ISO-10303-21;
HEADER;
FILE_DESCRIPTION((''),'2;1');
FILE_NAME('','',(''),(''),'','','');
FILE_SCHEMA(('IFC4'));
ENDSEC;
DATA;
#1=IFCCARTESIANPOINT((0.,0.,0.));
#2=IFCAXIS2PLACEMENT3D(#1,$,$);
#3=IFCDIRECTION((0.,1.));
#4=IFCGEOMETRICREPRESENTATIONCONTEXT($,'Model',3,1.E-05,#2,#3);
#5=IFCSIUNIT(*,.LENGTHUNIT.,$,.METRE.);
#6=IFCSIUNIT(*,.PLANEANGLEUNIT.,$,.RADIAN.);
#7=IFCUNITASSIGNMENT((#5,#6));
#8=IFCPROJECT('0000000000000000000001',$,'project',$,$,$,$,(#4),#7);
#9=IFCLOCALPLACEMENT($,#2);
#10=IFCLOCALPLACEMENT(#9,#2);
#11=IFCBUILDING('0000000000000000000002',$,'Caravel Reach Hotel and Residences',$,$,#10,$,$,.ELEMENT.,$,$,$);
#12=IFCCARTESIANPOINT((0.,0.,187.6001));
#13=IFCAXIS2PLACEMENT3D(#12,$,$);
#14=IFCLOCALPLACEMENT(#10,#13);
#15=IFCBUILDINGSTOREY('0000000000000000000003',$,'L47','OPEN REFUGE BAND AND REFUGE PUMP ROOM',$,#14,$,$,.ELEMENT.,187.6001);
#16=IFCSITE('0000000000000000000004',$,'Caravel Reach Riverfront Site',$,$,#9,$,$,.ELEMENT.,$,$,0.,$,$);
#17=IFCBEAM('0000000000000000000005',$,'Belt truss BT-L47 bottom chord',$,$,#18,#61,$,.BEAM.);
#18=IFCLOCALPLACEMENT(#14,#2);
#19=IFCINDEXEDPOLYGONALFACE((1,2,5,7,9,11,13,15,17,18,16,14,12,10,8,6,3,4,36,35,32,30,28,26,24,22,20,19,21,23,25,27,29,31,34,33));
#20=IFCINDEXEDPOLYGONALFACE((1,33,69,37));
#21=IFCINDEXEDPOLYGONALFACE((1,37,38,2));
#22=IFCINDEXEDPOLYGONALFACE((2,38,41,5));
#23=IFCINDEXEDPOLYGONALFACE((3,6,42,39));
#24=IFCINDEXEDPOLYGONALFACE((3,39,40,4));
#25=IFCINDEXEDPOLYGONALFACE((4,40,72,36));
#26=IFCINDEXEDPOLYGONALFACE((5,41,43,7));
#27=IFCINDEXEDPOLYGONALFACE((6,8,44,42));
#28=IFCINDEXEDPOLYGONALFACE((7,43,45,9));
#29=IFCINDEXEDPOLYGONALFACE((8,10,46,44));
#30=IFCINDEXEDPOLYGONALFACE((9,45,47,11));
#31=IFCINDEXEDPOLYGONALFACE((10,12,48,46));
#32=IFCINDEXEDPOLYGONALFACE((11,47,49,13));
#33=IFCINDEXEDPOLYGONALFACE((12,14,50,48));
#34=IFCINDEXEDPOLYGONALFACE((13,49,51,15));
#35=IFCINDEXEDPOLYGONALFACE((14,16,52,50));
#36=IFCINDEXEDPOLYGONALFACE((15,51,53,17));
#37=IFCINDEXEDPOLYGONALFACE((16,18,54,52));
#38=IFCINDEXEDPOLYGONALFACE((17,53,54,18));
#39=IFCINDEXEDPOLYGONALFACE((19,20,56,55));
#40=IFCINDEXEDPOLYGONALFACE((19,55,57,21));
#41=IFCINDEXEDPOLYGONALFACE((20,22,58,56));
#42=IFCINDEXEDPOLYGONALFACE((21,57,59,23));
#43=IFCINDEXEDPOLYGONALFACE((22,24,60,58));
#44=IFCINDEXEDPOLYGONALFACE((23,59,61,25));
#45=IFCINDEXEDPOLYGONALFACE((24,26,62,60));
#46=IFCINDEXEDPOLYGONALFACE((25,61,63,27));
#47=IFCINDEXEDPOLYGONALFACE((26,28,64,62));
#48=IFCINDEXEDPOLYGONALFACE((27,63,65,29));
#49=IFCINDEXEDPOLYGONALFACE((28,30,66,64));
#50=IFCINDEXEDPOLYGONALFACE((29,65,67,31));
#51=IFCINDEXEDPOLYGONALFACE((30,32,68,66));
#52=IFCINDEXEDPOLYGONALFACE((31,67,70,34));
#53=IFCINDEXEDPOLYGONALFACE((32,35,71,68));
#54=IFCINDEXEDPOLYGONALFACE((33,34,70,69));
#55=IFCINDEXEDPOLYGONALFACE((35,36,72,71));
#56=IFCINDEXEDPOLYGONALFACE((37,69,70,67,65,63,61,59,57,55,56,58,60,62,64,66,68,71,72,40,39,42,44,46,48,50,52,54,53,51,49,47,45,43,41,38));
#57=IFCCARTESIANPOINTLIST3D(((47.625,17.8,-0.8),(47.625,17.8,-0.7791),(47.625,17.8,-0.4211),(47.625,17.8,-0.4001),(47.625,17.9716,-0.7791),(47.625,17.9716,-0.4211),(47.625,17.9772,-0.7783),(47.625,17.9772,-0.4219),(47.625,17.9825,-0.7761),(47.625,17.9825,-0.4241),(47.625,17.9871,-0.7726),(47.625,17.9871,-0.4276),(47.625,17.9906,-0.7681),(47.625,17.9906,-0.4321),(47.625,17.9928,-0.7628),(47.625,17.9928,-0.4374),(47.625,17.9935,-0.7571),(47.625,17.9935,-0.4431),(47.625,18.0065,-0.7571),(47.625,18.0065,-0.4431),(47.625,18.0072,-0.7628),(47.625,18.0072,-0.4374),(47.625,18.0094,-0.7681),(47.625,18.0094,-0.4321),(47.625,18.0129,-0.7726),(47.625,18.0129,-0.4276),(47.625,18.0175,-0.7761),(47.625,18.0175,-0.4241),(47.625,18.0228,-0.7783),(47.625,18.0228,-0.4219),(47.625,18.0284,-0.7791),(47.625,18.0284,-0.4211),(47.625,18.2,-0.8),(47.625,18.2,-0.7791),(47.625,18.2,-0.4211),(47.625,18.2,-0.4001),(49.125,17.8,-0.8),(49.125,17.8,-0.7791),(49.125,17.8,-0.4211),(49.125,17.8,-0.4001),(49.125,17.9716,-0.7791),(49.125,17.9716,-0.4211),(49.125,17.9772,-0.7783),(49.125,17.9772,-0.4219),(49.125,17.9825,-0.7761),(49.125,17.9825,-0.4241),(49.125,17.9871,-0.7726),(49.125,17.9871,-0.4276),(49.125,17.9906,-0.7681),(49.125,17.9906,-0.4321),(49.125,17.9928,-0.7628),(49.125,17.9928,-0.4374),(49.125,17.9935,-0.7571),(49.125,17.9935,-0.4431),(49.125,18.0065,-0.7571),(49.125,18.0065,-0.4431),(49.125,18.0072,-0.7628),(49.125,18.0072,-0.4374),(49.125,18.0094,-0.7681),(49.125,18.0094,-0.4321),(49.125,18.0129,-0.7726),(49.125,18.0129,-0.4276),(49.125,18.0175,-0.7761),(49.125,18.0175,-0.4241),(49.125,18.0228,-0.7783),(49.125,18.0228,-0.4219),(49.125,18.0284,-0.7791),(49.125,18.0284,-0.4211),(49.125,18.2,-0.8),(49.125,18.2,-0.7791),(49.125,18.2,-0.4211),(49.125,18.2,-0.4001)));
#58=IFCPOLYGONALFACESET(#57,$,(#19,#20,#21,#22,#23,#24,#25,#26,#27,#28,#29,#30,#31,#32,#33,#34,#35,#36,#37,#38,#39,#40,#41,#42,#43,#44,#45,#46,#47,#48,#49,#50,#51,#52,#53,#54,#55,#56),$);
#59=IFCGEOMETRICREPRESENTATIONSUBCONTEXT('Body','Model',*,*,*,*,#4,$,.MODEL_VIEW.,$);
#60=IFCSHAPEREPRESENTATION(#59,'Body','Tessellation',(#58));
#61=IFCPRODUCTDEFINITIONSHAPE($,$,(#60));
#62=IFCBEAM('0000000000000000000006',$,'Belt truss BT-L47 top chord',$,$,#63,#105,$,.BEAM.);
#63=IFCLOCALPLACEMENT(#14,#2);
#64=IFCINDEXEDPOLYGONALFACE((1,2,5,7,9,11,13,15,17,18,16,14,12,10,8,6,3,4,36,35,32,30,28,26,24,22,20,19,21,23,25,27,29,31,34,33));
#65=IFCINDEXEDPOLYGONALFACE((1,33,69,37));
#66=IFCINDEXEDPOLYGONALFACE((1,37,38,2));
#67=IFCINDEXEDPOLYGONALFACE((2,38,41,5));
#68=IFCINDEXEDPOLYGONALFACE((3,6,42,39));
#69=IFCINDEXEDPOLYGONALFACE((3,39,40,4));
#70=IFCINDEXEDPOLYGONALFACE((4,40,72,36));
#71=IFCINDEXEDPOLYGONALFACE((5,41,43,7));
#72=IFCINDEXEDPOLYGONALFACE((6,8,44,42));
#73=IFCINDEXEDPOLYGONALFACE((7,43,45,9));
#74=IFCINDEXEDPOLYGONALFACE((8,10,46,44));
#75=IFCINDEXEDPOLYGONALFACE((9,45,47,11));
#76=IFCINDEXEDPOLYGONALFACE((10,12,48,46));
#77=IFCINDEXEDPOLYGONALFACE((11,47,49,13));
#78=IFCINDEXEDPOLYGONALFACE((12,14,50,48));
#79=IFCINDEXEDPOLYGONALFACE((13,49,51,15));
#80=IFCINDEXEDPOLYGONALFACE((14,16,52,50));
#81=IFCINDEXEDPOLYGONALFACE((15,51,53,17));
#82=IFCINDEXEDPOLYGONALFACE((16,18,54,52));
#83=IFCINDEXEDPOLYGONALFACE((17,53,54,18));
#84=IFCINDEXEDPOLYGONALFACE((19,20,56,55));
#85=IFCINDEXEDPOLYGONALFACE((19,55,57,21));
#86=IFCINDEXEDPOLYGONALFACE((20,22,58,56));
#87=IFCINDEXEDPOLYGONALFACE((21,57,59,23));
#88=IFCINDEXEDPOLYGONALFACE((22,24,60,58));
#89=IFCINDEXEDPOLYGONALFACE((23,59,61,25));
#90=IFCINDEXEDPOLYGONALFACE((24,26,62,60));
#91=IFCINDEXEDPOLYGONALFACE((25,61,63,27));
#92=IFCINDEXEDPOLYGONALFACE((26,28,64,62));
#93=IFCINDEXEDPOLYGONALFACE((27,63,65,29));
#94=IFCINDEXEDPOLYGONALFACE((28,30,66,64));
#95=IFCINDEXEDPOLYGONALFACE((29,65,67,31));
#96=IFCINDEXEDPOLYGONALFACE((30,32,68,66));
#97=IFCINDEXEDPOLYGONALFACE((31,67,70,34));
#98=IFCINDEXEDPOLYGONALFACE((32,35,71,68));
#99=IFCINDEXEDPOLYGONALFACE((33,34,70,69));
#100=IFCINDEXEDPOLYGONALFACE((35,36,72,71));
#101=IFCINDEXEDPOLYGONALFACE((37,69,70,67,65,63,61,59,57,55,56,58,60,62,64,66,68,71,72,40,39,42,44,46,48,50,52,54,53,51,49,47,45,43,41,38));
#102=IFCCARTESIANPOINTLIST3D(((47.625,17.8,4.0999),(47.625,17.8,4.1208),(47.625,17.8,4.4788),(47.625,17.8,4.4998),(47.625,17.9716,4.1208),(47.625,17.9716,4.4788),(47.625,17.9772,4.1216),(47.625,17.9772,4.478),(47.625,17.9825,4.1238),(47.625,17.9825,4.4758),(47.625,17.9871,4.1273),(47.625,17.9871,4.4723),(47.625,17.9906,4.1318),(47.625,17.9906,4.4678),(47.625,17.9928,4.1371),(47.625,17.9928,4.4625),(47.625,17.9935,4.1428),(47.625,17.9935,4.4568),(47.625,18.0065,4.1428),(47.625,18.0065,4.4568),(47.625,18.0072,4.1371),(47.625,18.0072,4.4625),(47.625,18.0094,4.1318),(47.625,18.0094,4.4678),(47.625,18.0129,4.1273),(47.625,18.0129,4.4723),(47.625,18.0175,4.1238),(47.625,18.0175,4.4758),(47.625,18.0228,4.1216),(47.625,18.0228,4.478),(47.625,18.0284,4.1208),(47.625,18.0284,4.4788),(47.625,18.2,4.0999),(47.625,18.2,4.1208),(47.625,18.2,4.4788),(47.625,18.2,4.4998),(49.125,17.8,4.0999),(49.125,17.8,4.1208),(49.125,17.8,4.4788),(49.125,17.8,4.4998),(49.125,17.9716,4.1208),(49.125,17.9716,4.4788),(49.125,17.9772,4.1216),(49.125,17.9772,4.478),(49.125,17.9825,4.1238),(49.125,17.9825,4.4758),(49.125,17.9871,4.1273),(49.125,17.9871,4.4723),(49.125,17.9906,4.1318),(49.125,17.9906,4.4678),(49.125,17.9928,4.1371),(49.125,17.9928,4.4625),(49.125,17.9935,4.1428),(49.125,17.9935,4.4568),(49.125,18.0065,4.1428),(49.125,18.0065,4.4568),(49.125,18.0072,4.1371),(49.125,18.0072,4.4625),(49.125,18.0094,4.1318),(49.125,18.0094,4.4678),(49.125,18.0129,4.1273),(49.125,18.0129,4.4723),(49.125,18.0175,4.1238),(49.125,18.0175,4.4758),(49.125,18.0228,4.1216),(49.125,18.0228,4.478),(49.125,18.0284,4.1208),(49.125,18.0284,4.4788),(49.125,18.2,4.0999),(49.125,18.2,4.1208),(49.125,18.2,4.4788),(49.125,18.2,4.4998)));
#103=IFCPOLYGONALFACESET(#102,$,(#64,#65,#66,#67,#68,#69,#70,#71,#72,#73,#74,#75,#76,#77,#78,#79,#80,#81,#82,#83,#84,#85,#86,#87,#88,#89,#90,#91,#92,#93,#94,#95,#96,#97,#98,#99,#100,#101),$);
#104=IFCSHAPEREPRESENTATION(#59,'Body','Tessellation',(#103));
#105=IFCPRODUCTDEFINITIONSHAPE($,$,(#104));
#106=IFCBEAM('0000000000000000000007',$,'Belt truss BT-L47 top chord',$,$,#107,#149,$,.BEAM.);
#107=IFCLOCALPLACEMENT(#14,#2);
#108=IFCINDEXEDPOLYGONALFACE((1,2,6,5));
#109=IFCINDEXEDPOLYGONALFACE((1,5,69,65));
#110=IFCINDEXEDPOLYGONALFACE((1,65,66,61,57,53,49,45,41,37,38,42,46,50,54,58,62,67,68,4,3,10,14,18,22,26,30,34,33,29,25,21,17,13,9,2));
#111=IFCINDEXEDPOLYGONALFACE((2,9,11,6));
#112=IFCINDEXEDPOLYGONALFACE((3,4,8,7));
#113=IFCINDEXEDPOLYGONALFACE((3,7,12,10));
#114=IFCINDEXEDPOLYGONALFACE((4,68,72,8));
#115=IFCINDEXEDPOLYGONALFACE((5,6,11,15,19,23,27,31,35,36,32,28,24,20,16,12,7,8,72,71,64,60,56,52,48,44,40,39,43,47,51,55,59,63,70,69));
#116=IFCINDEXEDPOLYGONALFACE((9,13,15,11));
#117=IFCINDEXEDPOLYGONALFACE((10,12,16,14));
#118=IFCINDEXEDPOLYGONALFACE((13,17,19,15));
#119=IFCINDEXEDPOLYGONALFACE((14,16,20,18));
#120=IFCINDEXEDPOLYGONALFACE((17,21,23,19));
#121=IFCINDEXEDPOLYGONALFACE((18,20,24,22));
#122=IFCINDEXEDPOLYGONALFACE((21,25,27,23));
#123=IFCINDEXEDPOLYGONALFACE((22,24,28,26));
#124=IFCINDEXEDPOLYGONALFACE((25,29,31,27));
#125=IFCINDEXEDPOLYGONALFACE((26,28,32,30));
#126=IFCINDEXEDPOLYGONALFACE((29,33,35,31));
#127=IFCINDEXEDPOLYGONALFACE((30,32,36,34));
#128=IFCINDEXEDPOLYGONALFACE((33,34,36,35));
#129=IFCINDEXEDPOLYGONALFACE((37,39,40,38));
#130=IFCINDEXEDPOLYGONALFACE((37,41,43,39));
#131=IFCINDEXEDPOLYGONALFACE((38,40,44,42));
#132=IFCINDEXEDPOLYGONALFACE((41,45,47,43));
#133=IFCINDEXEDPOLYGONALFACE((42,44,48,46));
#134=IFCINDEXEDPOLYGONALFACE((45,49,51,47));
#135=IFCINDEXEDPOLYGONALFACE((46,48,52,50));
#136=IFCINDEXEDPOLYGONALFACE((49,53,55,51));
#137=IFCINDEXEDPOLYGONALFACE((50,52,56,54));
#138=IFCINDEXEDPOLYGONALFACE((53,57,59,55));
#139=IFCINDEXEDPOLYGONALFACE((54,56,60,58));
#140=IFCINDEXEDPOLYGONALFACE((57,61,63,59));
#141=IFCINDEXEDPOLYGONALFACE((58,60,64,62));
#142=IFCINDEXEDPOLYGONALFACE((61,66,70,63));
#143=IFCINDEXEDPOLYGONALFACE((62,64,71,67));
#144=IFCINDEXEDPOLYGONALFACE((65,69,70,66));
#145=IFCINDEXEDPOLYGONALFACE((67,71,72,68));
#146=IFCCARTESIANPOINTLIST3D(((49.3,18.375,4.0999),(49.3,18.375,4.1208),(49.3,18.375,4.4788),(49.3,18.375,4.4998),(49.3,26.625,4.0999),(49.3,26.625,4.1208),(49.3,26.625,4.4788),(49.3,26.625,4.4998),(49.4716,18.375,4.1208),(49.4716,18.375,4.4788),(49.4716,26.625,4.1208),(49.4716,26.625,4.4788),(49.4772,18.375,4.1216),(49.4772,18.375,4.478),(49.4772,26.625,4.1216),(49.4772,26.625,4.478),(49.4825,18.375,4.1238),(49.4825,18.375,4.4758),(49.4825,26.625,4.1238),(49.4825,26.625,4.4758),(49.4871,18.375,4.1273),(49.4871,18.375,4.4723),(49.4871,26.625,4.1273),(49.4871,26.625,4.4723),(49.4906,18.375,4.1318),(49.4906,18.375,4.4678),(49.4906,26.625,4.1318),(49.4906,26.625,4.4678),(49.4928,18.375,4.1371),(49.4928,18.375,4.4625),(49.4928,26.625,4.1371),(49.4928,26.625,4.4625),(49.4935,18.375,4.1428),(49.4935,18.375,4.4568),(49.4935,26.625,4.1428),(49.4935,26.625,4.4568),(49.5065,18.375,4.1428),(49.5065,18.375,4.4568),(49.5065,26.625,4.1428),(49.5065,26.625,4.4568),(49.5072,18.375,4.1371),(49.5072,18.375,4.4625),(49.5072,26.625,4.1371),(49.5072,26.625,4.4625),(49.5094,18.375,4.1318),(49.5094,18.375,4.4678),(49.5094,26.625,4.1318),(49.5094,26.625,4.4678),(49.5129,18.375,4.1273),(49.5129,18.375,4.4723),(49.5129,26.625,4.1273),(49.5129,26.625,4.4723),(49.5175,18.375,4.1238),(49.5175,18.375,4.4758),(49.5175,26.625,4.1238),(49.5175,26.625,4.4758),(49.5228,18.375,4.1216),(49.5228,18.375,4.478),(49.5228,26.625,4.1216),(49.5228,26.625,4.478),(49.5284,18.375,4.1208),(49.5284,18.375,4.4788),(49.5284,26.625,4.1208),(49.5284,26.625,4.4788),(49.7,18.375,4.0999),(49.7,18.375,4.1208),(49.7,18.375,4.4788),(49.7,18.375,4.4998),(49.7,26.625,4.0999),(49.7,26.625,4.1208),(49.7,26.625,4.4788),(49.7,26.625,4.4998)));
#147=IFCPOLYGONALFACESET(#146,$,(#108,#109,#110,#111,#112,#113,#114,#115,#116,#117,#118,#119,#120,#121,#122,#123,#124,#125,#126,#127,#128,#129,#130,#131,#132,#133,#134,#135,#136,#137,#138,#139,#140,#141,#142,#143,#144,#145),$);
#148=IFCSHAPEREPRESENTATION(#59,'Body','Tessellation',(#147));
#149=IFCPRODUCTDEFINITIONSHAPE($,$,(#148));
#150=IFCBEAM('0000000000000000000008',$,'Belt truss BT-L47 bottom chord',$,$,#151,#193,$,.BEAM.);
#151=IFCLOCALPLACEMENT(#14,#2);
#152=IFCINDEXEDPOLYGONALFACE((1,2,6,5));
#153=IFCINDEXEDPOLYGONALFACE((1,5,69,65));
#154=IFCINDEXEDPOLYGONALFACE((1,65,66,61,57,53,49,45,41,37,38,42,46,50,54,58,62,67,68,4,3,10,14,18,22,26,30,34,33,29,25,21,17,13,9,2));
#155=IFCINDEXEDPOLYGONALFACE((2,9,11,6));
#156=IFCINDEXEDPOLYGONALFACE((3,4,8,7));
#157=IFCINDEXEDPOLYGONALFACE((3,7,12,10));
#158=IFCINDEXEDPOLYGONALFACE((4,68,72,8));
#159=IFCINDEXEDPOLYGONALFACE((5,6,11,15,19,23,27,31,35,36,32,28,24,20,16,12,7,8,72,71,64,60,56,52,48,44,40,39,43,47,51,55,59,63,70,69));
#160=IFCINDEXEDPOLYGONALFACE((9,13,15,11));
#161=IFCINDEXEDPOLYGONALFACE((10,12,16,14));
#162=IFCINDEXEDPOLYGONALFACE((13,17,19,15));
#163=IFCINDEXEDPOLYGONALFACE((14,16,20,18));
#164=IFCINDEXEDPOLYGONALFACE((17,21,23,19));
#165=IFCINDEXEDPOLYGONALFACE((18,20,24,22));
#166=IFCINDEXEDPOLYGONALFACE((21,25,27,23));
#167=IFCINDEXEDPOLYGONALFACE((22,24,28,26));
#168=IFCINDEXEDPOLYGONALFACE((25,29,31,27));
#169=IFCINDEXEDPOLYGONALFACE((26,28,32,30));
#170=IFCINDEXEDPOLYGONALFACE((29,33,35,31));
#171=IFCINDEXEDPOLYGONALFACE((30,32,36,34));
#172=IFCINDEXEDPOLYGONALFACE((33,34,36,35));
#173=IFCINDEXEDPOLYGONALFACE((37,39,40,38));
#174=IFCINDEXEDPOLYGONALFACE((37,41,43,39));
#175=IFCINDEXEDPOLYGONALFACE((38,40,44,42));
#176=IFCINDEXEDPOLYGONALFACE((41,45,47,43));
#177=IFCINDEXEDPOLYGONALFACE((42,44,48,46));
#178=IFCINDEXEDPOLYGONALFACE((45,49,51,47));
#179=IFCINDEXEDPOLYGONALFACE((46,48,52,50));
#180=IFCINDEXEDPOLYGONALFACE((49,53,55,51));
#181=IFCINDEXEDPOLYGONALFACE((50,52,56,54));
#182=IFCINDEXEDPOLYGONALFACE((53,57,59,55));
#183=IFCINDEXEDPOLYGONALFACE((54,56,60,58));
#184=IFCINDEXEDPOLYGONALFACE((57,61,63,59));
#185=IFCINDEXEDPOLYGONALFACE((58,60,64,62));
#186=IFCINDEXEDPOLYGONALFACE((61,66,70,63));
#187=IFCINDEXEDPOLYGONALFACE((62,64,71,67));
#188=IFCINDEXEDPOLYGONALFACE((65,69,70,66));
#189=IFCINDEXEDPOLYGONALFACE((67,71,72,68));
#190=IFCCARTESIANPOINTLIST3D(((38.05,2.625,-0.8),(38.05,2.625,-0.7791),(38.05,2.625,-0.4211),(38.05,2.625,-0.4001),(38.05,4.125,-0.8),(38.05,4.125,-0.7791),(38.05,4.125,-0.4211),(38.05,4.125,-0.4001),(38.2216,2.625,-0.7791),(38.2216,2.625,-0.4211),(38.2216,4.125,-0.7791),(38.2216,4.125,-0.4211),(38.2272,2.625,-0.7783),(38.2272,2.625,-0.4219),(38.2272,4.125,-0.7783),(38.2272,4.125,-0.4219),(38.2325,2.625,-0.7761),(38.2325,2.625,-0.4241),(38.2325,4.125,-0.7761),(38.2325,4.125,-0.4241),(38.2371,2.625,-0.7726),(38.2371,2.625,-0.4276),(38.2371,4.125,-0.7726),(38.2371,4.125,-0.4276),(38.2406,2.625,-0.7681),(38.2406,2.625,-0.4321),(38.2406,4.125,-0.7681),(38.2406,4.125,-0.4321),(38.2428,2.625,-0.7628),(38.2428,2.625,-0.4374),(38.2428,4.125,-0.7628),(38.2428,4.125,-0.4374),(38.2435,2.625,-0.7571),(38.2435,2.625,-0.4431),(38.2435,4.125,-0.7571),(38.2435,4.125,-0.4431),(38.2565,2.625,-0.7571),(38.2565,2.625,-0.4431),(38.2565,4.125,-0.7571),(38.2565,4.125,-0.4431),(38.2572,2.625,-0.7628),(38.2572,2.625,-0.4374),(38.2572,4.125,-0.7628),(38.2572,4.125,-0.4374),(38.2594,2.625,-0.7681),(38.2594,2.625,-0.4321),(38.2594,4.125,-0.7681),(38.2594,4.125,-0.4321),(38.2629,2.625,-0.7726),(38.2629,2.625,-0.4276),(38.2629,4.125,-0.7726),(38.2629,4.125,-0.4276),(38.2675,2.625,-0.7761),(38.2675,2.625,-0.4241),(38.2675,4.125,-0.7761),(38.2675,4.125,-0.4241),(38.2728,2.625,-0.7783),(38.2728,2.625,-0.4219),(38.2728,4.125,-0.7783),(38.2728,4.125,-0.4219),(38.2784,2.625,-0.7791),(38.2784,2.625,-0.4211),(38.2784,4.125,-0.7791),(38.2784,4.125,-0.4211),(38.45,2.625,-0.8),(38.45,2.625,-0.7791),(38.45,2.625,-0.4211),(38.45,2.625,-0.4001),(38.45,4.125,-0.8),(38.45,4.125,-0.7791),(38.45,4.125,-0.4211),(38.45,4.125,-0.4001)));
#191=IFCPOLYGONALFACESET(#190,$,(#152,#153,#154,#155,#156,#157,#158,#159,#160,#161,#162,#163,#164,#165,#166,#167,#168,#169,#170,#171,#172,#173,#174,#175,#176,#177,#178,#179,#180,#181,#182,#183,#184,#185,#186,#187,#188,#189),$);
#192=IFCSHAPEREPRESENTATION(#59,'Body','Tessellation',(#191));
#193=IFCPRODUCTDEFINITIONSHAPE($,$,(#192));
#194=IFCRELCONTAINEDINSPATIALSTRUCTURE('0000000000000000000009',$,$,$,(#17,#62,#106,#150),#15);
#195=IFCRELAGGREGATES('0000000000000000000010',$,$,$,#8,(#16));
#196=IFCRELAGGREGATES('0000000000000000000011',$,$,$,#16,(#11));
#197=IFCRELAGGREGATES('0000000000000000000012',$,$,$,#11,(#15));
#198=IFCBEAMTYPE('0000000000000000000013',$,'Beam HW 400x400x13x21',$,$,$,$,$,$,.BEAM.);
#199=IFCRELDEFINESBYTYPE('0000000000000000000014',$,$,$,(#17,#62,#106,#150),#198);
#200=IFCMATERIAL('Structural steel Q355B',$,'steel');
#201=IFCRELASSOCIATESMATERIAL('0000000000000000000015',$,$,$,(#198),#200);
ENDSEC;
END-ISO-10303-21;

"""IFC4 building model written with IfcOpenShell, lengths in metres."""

from ifc_helpers import new_model, si_unit, direction, frame, origin, origin_2d, place, context, subcontext, project, spatial, i_section, extrude, material, material_profile, profile_set, type_object, element, save


model = new_model("IFC4")

# Units and contexts
model_context = context("Model", 3, precision=1e-05, world=origin(), true_north=direction((0.0, 1.0)))
body_context = subcontext(model_context, "Body", "Model", "MODEL_VIEW")
ifc_project = project(units=[si_unit("LENGTHUNIT", "METRE"), si_unit("PLANEANGLEUNIT", "RADIAN")], contexts=[model_context])

# Site, building, storey
site_placement = place(None, origin())
site = spatial("IfcSite", under=ifc_project, at=site_placement, Name="Caravel Reach Riverfront Site", CompositionType="ELEMENT", RefElevation=0.0)
building_placement = place(site_placement, origin())
building = spatial("IfcBuilding", under=site, at=building_placement, Name="Caravel Reach Hotel and Residences", CompositionType="ELEMENT")
storey_placement = place(building_placement, frame((0.0, 0.0, 187.6001)))
storey = spatial("IfcBuildingStorey", under=building, at=storey_placement, Name="L47", Description="OPEN REFUGE BAND AND REFUGE PUMP ROOM", CompositionType="ELEMENT", Elevation=187.6001)

# Beams
ifc_material_1 = material(Name="Structural steel Q355B", Category="steel")
ifc_material_profile_1 = material_profile(ifc_material_1, i_section(OverallWidth=0.3999, OverallDepth=0.3999, WebThickness=0.0129, FlangeThickness=0.021, FilletRadius=0.022, at=origin_2d()), Name="HW 400x400x13x21")
ifc_profile_set_1 = profile_set([ifc_material_profile_1], Name="Structural steel Q355B")
beam_type_1 = type_object("IfcBeamType", Name="Beam HW 400x400x13x21", PredefinedType="BEAM", material=ifc_profile_set_1)
for number, where, z_axis, x_axis, name in (
    (1, (47.625, 18.0, -0.6001), (1.0, 0.0, 0.0), (0.0, 1.0, 0.0), "Belt truss BT-L47 bottom chord"),
    (2, (47.625, 18.0, 4.2998), (1.0, 0.0, 0.0), (0.0, 1.0, 0.0), "Belt truss BT-L47 top chord"),
):
    element("IfcBeam", number, at=place(storey_placement, frame(where, z_axis=z_axis, x_axis=x_axis)), inside=storey, type_object=beam_type_1, Name=name, PredefinedType="BEAM", context=body_context, shape_type="SweptSolid", body=[
        extrude(i_section(OverallWidth=0.3999, OverallDepth=0.3999, WebThickness=0.0129, FlangeThickness=0.021, FilletRadius=0.022, at=origin_2d()), origin(), (0.0, 0.0, 1.0), 1.5),
    ])
beam_1_placement = place(storey_placement, frame((49.5, 18.375, 4.2998), z_axis=(0.0, 1.0, 0.0), x_axis=(-1.0, 0.0, 0.0)))
element("IfcBeam", 3, at=beam_1_placement, inside=storey, type_object=beam_type_1, Name="Belt truss BT-L47 top chord", PredefinedType="BEAM", context=body_context, shape_type="SweptSolid", body=[
    extrude(i_section(OverallWidth=0.3999, OverallDepth=0.3999, WebThickness=0.0129, FlangeThickness=0.021, FilletRadius=0.022, at=origin_2d()), origin(), (0.0, 0.0, 1.0), 8.25),
])
for number, where, z_axis, x_axis, name in (
    (4, (38.25, 2.625, -0.6001), (0.0, 1.0, 0.0), (-1.0, 0.0, 0.0), "Belt truss BT-L47 bottom chord"),
):
    element("IfcBeam", number, at=place(storey_placement, frame(where, z_axis=z_axis, x_axis=x_axis)), inside=storey, type_object=beam_type_1, Name=name, PredefinedType="BEAM", context=body_context, shape_type="SweptSolid", body=[
        extrude(i_section(OverallWidth=0.3999, OverallDepth=0.3999, WebThickness=0.0129, FlangeThickness=0.021, FilletRadius=0.022, at=origin_2d()), origin(), (0.0, 0.0, 1.0), 1.5),
    ])

save(model, "model.ifc")
